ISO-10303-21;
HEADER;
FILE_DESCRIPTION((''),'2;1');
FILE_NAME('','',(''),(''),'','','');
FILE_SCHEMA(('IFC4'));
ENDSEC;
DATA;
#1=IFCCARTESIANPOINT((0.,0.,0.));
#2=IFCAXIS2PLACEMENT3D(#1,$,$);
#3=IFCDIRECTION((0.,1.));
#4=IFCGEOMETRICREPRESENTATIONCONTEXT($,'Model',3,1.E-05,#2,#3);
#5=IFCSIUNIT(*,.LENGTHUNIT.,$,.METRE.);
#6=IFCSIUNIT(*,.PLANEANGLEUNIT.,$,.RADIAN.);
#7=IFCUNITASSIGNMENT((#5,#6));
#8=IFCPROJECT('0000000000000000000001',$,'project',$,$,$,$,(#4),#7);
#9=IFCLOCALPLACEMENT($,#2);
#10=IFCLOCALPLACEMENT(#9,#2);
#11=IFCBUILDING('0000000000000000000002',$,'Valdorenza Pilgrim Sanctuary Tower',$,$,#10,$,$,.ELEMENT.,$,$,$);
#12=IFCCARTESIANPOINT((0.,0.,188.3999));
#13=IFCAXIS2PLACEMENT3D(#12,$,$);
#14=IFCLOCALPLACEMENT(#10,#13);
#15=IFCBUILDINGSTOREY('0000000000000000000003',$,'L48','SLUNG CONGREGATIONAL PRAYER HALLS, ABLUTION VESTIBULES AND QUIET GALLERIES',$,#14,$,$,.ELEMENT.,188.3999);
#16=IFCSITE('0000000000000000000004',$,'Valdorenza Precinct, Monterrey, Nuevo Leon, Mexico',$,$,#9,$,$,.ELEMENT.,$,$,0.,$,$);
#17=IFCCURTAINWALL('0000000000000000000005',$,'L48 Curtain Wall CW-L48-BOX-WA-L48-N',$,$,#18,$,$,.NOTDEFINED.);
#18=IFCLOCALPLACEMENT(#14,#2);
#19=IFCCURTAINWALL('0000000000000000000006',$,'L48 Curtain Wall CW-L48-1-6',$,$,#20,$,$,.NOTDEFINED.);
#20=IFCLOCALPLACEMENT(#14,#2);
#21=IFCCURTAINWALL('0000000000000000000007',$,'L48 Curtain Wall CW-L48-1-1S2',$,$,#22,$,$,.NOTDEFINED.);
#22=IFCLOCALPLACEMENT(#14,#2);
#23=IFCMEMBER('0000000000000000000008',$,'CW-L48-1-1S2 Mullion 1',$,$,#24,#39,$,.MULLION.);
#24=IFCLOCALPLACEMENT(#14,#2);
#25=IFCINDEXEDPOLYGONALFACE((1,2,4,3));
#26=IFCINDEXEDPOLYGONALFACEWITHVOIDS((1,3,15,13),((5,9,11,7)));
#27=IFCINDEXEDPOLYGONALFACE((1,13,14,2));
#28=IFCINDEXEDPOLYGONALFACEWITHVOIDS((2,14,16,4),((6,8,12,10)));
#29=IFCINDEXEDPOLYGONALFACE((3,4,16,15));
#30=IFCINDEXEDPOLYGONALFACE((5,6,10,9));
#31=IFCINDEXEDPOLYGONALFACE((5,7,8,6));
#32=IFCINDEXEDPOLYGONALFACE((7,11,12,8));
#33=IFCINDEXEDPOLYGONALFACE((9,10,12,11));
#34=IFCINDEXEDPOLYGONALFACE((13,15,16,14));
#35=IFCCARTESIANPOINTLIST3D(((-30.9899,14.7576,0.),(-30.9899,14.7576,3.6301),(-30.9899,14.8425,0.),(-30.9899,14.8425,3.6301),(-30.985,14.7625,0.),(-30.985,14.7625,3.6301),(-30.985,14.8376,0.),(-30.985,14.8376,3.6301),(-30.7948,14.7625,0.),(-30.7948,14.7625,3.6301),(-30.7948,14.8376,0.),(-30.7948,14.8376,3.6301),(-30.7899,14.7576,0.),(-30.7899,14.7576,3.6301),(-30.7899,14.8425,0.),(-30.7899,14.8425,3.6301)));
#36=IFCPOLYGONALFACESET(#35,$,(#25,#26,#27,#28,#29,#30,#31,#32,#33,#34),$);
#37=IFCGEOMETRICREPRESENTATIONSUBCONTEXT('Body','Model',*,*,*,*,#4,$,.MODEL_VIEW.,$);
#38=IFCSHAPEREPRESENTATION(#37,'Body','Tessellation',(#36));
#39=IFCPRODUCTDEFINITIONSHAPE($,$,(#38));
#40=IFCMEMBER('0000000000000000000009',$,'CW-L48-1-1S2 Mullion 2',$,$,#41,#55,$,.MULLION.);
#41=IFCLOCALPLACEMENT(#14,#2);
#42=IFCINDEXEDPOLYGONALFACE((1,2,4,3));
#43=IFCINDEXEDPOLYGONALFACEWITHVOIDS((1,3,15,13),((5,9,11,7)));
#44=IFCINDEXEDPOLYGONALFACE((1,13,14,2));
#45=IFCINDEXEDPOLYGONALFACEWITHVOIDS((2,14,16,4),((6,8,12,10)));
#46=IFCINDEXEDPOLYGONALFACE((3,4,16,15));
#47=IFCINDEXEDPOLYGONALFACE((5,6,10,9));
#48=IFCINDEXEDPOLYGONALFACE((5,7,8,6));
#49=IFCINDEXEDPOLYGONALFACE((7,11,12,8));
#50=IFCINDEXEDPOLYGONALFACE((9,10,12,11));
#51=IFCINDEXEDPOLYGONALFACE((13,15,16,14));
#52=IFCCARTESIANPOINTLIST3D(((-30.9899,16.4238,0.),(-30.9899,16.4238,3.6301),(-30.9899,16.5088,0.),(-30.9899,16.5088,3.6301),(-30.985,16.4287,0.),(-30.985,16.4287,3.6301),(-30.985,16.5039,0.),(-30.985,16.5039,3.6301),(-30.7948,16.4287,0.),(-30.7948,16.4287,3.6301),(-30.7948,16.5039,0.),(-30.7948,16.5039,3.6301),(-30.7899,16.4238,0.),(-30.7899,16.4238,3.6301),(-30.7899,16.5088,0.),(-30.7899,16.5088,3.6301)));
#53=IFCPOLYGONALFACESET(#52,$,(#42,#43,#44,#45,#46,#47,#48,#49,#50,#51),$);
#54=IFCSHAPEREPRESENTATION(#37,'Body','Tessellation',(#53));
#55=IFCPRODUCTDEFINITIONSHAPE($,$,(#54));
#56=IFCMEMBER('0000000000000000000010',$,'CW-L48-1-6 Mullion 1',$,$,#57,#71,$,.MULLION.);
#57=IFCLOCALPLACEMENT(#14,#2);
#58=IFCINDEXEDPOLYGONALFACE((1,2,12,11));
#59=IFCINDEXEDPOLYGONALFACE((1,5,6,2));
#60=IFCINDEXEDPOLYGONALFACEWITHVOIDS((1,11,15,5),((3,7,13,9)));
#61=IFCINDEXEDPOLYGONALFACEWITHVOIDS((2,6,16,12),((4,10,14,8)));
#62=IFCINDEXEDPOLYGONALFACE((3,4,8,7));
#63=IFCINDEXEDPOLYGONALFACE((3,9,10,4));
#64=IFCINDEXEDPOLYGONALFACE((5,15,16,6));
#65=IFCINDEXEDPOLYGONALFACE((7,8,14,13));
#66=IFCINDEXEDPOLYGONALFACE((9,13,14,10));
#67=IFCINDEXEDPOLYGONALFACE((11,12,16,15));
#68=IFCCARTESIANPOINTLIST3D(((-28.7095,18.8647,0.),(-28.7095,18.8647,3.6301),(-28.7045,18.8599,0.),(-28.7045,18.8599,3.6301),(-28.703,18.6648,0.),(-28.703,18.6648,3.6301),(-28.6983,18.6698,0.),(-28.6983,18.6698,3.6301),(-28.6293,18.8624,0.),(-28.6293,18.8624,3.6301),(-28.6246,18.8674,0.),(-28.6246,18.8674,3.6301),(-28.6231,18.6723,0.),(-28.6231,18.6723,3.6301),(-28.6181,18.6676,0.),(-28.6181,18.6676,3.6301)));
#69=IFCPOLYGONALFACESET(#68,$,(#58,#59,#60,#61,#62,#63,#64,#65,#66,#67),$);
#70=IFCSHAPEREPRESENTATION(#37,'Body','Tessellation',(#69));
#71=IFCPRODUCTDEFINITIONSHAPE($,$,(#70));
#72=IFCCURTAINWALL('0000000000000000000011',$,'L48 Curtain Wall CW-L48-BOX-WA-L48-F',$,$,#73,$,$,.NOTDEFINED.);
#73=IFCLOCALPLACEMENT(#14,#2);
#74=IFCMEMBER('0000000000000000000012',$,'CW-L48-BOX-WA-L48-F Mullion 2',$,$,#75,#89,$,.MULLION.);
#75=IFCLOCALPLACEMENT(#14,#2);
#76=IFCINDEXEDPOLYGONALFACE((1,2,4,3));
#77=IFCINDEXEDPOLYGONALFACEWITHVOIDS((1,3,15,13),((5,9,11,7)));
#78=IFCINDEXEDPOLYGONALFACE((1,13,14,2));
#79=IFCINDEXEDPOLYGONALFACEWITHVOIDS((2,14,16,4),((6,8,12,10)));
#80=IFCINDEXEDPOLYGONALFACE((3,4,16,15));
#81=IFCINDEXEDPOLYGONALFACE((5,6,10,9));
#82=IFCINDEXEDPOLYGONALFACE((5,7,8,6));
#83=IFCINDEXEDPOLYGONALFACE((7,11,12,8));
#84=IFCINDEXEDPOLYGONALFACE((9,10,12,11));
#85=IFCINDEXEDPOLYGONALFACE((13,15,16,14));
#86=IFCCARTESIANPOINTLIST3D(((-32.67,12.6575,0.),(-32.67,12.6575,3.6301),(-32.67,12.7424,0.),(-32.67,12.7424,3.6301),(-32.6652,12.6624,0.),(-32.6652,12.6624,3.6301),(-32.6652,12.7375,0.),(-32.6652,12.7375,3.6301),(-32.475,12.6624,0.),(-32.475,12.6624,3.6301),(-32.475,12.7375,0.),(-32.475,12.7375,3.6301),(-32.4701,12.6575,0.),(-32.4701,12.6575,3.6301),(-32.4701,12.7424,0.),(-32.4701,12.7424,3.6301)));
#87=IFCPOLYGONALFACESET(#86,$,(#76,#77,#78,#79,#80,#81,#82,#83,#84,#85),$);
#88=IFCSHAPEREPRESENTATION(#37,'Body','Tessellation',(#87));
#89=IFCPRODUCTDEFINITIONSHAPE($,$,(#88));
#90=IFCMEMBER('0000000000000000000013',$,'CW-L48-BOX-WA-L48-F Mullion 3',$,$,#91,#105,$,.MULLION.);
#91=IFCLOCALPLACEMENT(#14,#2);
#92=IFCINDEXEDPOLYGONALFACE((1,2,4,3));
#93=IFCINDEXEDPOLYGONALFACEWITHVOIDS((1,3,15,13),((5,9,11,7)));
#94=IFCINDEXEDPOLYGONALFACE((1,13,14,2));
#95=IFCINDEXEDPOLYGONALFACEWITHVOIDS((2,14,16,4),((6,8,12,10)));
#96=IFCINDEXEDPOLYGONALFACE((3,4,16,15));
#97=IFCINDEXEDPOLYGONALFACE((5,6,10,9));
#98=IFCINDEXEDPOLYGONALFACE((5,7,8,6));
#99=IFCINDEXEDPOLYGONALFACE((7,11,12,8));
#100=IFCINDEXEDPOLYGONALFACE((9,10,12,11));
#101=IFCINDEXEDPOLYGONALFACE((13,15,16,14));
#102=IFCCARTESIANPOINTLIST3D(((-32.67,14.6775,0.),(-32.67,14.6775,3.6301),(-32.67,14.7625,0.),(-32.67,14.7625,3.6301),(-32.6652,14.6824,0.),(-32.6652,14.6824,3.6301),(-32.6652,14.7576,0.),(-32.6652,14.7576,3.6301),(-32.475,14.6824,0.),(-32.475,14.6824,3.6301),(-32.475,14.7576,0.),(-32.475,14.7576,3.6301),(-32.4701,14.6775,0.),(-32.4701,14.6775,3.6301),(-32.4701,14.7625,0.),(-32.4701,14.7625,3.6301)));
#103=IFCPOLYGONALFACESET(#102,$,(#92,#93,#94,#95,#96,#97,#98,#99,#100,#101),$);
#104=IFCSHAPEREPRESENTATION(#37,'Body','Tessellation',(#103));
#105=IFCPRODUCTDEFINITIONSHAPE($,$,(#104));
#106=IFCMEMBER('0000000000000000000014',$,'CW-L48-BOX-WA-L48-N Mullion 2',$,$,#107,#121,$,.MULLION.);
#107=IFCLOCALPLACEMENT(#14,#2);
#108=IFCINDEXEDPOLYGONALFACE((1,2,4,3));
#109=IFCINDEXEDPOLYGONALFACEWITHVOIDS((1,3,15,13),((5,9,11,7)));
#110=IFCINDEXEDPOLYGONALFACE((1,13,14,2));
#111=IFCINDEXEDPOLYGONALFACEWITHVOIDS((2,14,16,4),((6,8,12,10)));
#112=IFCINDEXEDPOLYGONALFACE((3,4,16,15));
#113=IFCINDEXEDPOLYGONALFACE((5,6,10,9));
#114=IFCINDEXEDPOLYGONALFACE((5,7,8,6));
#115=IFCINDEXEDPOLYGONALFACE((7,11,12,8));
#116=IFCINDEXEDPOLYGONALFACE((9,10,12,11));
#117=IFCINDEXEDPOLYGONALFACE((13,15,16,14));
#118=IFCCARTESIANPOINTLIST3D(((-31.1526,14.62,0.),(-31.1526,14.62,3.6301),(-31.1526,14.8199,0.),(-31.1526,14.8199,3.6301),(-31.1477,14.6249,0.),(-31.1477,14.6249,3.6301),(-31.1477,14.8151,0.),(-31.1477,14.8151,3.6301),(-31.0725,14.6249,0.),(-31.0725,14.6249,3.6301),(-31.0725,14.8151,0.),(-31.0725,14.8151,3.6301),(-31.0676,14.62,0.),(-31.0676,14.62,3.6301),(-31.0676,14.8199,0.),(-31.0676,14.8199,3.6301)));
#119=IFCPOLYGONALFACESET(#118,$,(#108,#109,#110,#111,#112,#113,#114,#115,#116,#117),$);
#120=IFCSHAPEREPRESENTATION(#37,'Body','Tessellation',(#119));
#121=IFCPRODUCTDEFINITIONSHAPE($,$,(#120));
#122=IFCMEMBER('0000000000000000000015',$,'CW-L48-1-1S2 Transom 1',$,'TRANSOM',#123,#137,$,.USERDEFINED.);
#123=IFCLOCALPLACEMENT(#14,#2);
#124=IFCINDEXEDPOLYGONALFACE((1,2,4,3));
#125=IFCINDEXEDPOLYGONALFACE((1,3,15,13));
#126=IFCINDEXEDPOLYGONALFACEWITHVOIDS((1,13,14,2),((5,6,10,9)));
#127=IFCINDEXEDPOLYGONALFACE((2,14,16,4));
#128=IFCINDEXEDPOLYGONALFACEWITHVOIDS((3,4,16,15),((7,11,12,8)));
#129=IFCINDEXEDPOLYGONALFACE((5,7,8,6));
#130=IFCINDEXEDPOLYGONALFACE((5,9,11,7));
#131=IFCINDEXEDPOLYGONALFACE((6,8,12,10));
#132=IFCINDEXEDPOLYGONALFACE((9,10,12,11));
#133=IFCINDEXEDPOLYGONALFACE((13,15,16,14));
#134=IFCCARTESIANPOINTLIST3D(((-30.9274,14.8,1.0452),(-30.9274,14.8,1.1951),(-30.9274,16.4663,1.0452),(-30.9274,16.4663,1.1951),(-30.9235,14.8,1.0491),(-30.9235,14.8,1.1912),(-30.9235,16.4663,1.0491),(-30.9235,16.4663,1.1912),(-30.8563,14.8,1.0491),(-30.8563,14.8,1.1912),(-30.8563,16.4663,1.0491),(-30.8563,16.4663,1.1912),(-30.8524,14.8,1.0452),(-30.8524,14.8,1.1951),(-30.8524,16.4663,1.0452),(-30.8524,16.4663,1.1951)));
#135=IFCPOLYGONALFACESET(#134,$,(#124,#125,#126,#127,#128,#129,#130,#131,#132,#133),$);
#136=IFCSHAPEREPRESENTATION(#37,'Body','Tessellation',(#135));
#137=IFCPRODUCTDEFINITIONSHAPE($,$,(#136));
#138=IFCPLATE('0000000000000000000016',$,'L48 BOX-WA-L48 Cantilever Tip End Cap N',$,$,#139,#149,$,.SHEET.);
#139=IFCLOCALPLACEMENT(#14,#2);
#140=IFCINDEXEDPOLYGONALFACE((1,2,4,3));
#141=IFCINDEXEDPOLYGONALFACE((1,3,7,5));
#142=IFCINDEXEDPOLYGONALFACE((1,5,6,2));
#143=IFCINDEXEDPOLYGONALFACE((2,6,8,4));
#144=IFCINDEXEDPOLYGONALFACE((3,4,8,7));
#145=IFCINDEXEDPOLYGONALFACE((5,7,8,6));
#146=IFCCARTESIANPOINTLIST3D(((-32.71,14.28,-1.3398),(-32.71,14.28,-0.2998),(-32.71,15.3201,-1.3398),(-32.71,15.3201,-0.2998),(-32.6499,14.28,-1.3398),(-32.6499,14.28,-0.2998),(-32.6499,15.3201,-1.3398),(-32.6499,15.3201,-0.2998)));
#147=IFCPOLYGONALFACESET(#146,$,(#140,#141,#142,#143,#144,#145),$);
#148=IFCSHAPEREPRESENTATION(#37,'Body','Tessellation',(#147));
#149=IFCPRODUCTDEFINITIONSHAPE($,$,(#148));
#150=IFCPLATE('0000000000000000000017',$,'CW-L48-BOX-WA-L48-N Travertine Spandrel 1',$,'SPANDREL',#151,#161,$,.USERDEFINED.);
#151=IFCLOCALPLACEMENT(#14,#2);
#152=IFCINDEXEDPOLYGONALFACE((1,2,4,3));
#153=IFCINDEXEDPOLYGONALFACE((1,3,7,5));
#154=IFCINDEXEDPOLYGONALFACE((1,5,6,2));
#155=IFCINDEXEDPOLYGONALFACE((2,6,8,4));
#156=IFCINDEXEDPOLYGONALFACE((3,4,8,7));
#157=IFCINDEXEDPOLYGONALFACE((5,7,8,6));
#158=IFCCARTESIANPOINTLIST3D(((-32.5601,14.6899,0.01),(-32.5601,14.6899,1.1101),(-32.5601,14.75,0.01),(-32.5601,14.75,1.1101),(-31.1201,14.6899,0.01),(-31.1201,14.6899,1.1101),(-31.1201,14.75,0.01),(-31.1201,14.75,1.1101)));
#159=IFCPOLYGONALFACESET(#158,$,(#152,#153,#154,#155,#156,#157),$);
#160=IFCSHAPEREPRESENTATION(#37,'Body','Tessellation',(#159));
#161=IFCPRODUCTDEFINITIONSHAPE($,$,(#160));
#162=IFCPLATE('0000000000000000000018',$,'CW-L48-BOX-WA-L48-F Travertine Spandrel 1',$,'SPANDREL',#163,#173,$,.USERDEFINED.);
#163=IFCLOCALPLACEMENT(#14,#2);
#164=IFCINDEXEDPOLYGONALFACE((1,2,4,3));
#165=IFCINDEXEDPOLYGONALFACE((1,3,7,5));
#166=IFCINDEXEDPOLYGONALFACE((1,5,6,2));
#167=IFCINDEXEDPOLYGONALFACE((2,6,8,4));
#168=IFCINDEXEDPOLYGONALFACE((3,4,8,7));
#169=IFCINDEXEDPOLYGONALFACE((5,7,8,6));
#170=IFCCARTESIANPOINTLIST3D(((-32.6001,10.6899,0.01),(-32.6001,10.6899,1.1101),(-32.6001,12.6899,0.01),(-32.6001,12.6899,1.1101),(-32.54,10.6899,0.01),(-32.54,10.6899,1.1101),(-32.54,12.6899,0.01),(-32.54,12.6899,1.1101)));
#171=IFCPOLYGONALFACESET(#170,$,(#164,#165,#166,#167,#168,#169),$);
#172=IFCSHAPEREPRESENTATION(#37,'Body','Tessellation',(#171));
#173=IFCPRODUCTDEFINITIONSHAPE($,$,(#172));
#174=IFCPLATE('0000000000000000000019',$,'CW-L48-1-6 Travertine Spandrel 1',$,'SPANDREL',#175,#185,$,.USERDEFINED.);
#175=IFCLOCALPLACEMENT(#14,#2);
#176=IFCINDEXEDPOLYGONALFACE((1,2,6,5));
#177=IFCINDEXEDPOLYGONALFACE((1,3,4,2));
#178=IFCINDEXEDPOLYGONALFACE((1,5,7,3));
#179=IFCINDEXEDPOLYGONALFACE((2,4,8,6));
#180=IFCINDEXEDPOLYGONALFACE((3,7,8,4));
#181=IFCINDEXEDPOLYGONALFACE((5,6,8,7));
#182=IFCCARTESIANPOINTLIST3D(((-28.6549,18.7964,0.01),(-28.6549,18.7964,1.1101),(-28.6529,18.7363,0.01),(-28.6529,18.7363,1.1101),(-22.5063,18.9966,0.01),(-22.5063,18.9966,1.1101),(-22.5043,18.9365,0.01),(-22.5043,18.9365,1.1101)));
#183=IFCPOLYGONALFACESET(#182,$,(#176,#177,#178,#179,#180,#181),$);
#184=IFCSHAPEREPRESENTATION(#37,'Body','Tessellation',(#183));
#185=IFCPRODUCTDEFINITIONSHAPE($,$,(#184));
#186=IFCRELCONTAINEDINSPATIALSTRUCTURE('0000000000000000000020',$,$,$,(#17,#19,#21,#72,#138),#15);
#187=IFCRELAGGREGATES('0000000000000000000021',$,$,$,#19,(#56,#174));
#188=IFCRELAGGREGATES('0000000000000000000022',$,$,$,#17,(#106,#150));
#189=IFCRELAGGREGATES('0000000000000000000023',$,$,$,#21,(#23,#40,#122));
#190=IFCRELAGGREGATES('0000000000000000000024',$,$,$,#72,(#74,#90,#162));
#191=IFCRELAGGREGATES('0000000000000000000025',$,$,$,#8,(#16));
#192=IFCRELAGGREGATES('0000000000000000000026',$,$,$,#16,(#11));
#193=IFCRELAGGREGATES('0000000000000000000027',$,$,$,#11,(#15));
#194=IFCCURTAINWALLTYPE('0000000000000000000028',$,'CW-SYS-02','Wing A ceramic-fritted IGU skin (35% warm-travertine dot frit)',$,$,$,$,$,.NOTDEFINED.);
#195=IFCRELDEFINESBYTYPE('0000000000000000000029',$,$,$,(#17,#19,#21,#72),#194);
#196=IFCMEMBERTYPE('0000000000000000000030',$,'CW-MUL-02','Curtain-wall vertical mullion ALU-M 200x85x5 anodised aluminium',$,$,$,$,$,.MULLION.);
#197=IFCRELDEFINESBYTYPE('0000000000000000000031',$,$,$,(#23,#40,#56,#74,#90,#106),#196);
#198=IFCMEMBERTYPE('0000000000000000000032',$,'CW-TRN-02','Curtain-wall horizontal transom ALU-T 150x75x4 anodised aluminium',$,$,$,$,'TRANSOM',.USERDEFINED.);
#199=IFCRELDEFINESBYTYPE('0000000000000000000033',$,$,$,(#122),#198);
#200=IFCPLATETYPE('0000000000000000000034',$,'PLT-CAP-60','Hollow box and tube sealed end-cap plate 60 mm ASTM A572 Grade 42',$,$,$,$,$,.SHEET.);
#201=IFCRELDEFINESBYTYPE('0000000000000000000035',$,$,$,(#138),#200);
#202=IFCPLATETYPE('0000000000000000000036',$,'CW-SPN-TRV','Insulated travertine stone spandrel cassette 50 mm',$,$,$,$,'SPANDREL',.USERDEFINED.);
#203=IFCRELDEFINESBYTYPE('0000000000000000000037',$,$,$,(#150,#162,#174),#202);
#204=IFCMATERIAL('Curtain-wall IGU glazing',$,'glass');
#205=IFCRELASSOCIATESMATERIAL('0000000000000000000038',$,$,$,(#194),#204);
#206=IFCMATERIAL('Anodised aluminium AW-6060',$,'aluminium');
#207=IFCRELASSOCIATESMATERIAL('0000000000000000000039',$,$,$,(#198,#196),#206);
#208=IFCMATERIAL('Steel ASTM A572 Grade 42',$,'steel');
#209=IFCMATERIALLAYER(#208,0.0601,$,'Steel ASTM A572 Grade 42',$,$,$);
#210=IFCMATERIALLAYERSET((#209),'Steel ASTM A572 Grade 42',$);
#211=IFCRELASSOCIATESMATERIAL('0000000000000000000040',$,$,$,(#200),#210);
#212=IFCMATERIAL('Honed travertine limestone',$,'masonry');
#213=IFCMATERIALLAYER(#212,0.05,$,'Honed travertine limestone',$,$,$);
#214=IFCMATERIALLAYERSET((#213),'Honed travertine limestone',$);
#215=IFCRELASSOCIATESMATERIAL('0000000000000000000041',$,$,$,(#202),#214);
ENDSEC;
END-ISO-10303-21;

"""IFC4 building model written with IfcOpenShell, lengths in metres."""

from ifc_helpers import new_model, si_unit, direction, frame, origin, origin_2d, place, context, subcontext, project, spatial, rectangle, hollow_rectangle, extrude, source, transform, mapped, material, layer, layer_set, material_profile, profile_set, type_object, element, aggregate, save


model = new_model("IFC4")

# Units and contexts
model_context = context("Model", 3, precision=1e-05, world=origin(), true_north=direction((0.0, 1.0)))
body_context = subcontext(model_context, "Body", "Model", "MODEL_VIEW")
ifc_project = project(units=[si_unit("LENGTHUNIT", "METRE"), si_unit("PLANEANGLEUNIT", "RADIAN")], contexts=[model_context])

# Site, building, storey
site_placement = place(None, origin())
site = spatial("IfcSite", under=ifc_project, at=site_placement, Name="Valdorenza Precinct, Monterrey, Nuevo Leon, Mexico", CompositionType="ELEMENT", RefElevation=0.0)
building_placement = place(site_placement, origin())
building = spatial("IfcBuilding", under=site, at=building_placement, Name="Valdorenza Pilgrim Sanctuary Tower", CompositionType="ELEMENT")
storey_placement = place(building_placement, frame((0.0, 0.0, 188.3999)))
storey = spatial("IfcBuildingStorey", under=building, at=storey_placement, Name="L48", Description="SLUNG CONGREGATIONAL PRAYER HALLS, ABLUTION VESTIBULES AND QUIET GALLERIES", CompositionType="ELEMENT", Elevation=188.3999)

# Shared definitions
ifc_material_1 = material(Name="Steel ASTM A572 Grade 42", Category="steel")

# Curtain walls
ifc_material_2 = material(Name="Curtain-wall IGU glazing", Category="glass")
curtain_wall_type = type_object("IfcCurtainWallType", Name="CW-SYS-02", Description="Wing A ceramic-fritted IGU skin (35% warm-travertine dot frit)", PredefinedType="NOTDEFINED", material=ifc_material_2)
ifc_material_3 = material(Name="Anodised aluminium AW-6060", Category="aluminium")
ifc_material_profile_1 = material_profile(ifc_material_3, hollow_rectangle(XDim=0.075, YDim=0.1499, WallThickness=0.0039, at=origin_2d()), Name="ALU-T 150x75x4")
ifc_profile_set_1 = profile_set([ifc_material_profile_1], Name="Anodised aluminium AW-6060")
member_type_1 = type_object("IfcMemberType", Name="CW-TRN-02", Description="Curtain-wall horizontal transom ALU-T 150x75x4 anodised aluminium", ElementType="TRANSOM", PredefinedType="USERDEFINED", material=ifc_profile_set_1)
curtain_wall_1_placement = place(storey_placement, origin())
curtain_wall_1 = element("IfcCurtainWall", 1, at=curtain_wall_1_placement, inside=storey, type_object=curtain_wall_type, Name="L48 Curtain Wall CW-L48-BOX-WA-L48-N", PredefinedType="NOTDEFINED")
curtain_wall_2_placement = place(storey_placement, origin())
curtain_wall_2 = element("IfcCurtainWall", 2, at=curtain_wall_2_placement, inside=storey, type_object=curtain_wall_type, Name="L48 Curtain Wall CW-L48-1-6", PredefinedType="NOTDEFINED")

# Curtain wall, members
curtain_wall_3_placement = place(storey_placement, origin())
curtain_wall_3 = element("IfcCurtainWall", 3, at=curtain_wall_3_placement, inside=storey, type_object=curtain_wall_type, Name="L48 Curtain Wall CW-L48-1-1S2", PredefinedType="NOTDEFINED")
ifc_material_profile_2 = material_profile(ifc_material_3, hollow_rectangle(XDim=0.085, YDim=0.2, WallThickness=0.0049, at=origin_2d()), Name="ALU-M 200x85x5")
ifc_profile_set_2 = profile_set([ifc_material_profile_2], Name="Anodised aluminium AW-6060")
member_type_2 = type_object("IfcMemberType", Name="CW-MUL-02", Description="Curtain-wall vertical mullion ALU-M 200x85x5 anodised aluminium", PredefinedType="MULLION", material=ifc_profile_set_2)
shared_shape_1 = source(origin(), body_context, "Body", "SweptSolid", [
    extrude(hollow_rectangle(XDim=0.085, YDim=0.2, WallThickness=0.0049, at=origin_2d()), origin(), (0.0, 0.0, 1.0), 3.6301),
])
member_1_placement = place(storey_placement, frame((-30.8899, 14.8, 0.0), z_axis=(0.0, 0.0, 1.0), x_axis=(0.0, 1.0, 0.0)))
member_1 = element("IfcMember", 4, at=member_1_placement, type_object=member_type_2, Name="CW-L48-1-1S2 Mullion 1", PredefinedType="MULLION", context=body_context, shape_type="MappedRepresentation", body=[
    mapped(shared_shape_1, transform((0.0, 0.0, 0.0), x_axis=(1.0, 0.0, 0.0), y_axis=(0.0, 1.0, 0.0), z_axis=(0.0, 0.0, 1.0), scale=1.0)),
])
member_2_placement = place(storey_placement, frame((-30.8899, 16.4663, 0.0), z_axis=(0.0, 0.0, 1.0), x_axis=(0.0, 1.0, 0.0)))
member_2 = element("IfcMember", 5, at=member_2_placement, type_object=member_type_2, Name="CW-L48-1-1S2 Mullion 2", PredefinedType="MULLION", context=body_context, shape_type="MappedRepresentation", body=[
    mapped(shared_shape_1, transform((0.0, 0.0, 0.0), x_axis=(1.0, 0.0, 0.0), y_axis=(0.0, 1.0, 0.0), z_axis=(0.0, 0.0, 1.0), scale=1.0)),
])

# Member
member_3_placement = place(storey_placement, frame((-28.6638, 18.7661, 0.0), z_axis=(0.0, 0.0, 1.0), x_axis=(0.99947, 0.032545, 0.0)))
member_3 = element("IfcMember", 6, at=member_3_placement, type_object=member_type_2, Name="CW-L48-1-6 Mullion 1", PredefinedType="MULLION", context=body_context, shape_type="MappedRepresentation", body=[
    mapped(shared_shape_1, transform((0.0, 0.0, 0.0), x_axis=(1.0, 0.0, 0.0), y_axis=(0.0, 1.0, 0.0), z_axis=(0.0, 0.0, 1.0), scale=1.0)),
])

# Curtain wall, members
curtain_wall_4_placement = place(storey_placement, origin())
curtain_wall_4 = element("IfcCurtainWall", 7, at=curtain_wall_4_placement, inside=storey, type_object=curtain_wall_type, Name="L48 Curtain Wall CW-L48-BOX-WA-L48-F", PredefinedType="NOTDEFINED")
member_4_placement = place(storey_placement, frame((-32.5701, 12.7, 0.0), z_axis=(0.0, 0.0, 1.0), x_axis=(0.0, 1.0, 0.0)))
member_4 = element("IfcMember", 8, at=member_4_placement, type_object=member_type_2, Name="CW-L48-BOX-WA-L48-F Mullion 2", PredefinedType="MULLION", context=body_context, shape_type="MappedRepresentation", body=[
    mapped(shared_shape_1, transform((0.0, 0.0, 0.0), x_axis=(1.0, 0.0, 0.0), y_axis=(0.0, 1.0, 0.0), z_axis=(0.0, 0.0, 1.0), scale=1.0)),
])
member_5_placement = place(storey_placement, frame((-32.5701, 14.72, 0.0), z_axis=(0.0, 0.0, 1.0), x_axis=(0.0, 1.0, 0.0)))
member_5 = element("IfcMember", 9, at=member_5_placement, type_object=member_type_2, Name="CW-L48-BOX-WA-L48-F Mullion 3", PredefinedType="MULLION", context=body_context, shape_type="MappedRepresentation", body=[
    mapped(shared_shape_1, transform((0.0, 0.0, 0.0), x_axis=(1.0, 0.0, 0.0), y_axis=(0.0, 1.0, 0.0), z_axis=(0.0, 0.0, 1.0), scale=1.0)),
])

# Members
member_6_placement = place(storey_placement, frame((-31.1101, 14.72, 0.0), z_axis=(0.0, 0.0, 1.0), x_axis=(1.0, 0.0, 0.0)))
member_6 = element("IfcMember", 10, at=member_6_placement, type_object=member_type_2, Name="CW-L48-BOX-WA-L48-N Mullion 2", PredefinedType="MULLION", context=body_context, shape_type="MappedRepresentation", body=[
    mapped(shared_shape_1, transform((0.0, 0.0, 0.0), x_axis=(1.0, 0.0, 0.0), y_axis=(0.0, 1.0, 0.0), z_axis=(0.0, 0.0, 1.0), scale=1.0)),
])
shared_shape_2 = source(origin(), body_context, "Body", "SweptSolid", [
    extrude(hollow_rectangle(XDim=0.075, YDim=0.1499, WallThickness=0.0039, at=origin_2d()), origin(), (0.0, 0.0, 1.0), 1.6663),
])
member_7_placement = place(storey_placement, frame((-30.8899, 14.8, 1.1201), z_axis=(0.0, 1.0, 0.0), x_axis=(-1.0, 0.0, 0.0)))
member_7 = element("IfcMember", 11, at=member_7_placement, type_object=member_type_1, Name="CW-L48-1-1S2 Transom 1", ObjectType="TRANSOM", PredefinedType="USERDEFINED", context=body_context, shape_type="MappedRepresentation", body=[
    mapped(shared_shape_2, transform((0.0, 0.0, 0.0), x_axis=(1.0, 0.0, 0.0), y_axis=(0.0, 1.0, 0.0), z_axis=(0.0, 0.0, 1.0), scale=1.0)),
])

# Plates
ifc_layer_1 = layer(ifc_material_1, 0.0601, Name="Steel ASTM A572 Grade 42")
ifc_layer_set_1 = layer_set([ifc_layer_1], Name="Steel ASTM A572 Grade 42")
plate_type_1 = type_object("IfcPlateType", Name="PLT-CAP-60", Description="Hollow box and tube sealed end-cap plate 60 mm ASTM A572 Grade 42", PredefinedType="SHEET", material=ifc_layer_set_1)
shared_shape_3 = source(origin(), body_context, "Body", "SweptSolid", [
    extrude(rectangle(XDim=0.0601, YDim=1.04, at=origin_2d()), origin(), (0.0, 0.0, 1.0), 1.04),
])
plate_1_placement = place(storey_placement, frame((-32.6799, 14.8, -1.3398), z_axis=(0.0, 0.0, 1.0), x_axis=(1.0, 0.0, 0.0)))
element("IfcPlate", 12, at=plate_1_placement, inside=storey, type_object=plate_type_1, Name="L48 BOX-WA-L48 Cantilever Tip End Cap N", PredefinedType="SHEET", context=body_context, shape_type="MappedRepresentation", body=[
    mapped(shared_shape_3, transform((0.0, 0.0, 0.0), x_axis=(1.0, 0.0, 0.0), y_axis=(0.0, 1.0, 0.0), z_axis=(0.0, 0.0, 1.0), scale=1.0)),
])
ifc_material_4 = material(Name="Honed travertine limestone", Category="masonry")
ifc_layer_2 = layer(ifc_material_4, 0.05, Name="Honed travertine limestone")
ifc_layer_set_2 = layer_set([ifc_layer_2], Name="Honed travertine limestone")
plate_type_2 = type_object("IfcPlateType", Name="CW-SPN-TRV", Description="Insulated travertine stone spandrel cassette 50 mm", ElementType="SPANDREL", PredefinedType="USERDEFINED", material=ifc_layer_set_2)
shared_shape_4 = source(origin(), body_context, "Body", "SweptSolid", [
    extrude(rectangle(XDim=1.4399, YDim=0.0601, at=origin_2d()), origin(), (0.0, 0.0, 1.0), 1.1001),
])
plate_2_placement = place(storey_placement, frame((-31.8401, 14.72, 0.01), z_axis=(0.0, 0.0, 1.0), x_axis=(1.0, 0.0, 0.0)))
plate_2 = element("IfcPlate", 13, at=plate_2_placement, type_object=plate_type_2, Name="CW-L48-BOX-WA-L48-N Travertine Spandrel 1", ObjectType="SPANDREL", PredefinedType="USERDEFINED", context=body_context, shape_type="MappedRepresentation", body=[
    mapped(shared_shape_4, transform((0.0, 0.0, 0.0), x_axis=(1.0, 0.0, 0.0), y_axis=(0.0, 1.0, 0.0), z_axis=(0.0, 0.0, 1.0), scale=1.0)),
])
shared_shape_5 = source(origin(), body_context, "Body", "SweptSolid", [
    extrude(rectangle(XDim=2.0, YDim=0.0601, at=origin_2d()), origin(), (0.0, 0.0, 1.0), 1.1001),
])
plate_3_placement = place(storey_placement, frame((-32.5701, 11.6899, 0.01), z_axis=(0.0, 0.0, 1.0), x_axis=(0.0, 1.0, 0.0)))
plate_3 = element("IfcPlate", 14, at=plate_3_placement, type_object=plate_type_2, Name="CW-L48-BOX-WA-L48-F Travertine Spandrel 1", ObjectType="SPANDREL", PredefinedType="USERDEFINED", context=body_context, shape_type="MappedRepresentation", body=[
    mapped(shared_shape_5, transform((0.0, 0.0, 0.0), x_axis=(1.0, 0.0, 0.0), y_axis=(0.0, 1.0, 0.0), z_axis=(0.0, 0.0, 1.0), scale=1.0)),
])
shared_shape_6 = source(origin(), body_context, "Body", "SweptSolid", [
    extrude(rectangle(XDim=6.1519, YDim=0.0601, at=origin_2d()), origin(), (0.0, 0.0, 1.0), 1.1001),
])
plate_4_placement = place(storey_placement, frame((-25.5796, 18.8665, 0.01), z_axis=(0.0, 0.0, 1.0), x_axis=(0.99947, 0.032545, 0.0)))
plate_4 = element("IfcPlate", 15, at=plate_4_placement, type_object=plate_type_2, Name="CW-L48-1-6 Travertine Spandrel 1", ObjectType="SPANDREL", PredefinedType="USERDEFINED", context=body_context, shape_type="MappedRepresentation", body=[
    mapped(shared_shape_6, transform((0.0, 0.0, 0.0), x_axis=(1.0, 0.0, 0.0), y_axis=(0.0, 1.0, 0.0), z_axis=(0.0, 0.0, 1.0), scale=1.0)),
])
aggregate(curtain_wall_2, [member_3, plate_4])
aggregate(curtain_wall_1, [member_6, plate_2])
aggregate(curtain_wall_3, [member_1, member_2, member_7])
aggregate(curtain_wall_4, [member_4, member_5, plate_3])

save(model, "model.ifc")
